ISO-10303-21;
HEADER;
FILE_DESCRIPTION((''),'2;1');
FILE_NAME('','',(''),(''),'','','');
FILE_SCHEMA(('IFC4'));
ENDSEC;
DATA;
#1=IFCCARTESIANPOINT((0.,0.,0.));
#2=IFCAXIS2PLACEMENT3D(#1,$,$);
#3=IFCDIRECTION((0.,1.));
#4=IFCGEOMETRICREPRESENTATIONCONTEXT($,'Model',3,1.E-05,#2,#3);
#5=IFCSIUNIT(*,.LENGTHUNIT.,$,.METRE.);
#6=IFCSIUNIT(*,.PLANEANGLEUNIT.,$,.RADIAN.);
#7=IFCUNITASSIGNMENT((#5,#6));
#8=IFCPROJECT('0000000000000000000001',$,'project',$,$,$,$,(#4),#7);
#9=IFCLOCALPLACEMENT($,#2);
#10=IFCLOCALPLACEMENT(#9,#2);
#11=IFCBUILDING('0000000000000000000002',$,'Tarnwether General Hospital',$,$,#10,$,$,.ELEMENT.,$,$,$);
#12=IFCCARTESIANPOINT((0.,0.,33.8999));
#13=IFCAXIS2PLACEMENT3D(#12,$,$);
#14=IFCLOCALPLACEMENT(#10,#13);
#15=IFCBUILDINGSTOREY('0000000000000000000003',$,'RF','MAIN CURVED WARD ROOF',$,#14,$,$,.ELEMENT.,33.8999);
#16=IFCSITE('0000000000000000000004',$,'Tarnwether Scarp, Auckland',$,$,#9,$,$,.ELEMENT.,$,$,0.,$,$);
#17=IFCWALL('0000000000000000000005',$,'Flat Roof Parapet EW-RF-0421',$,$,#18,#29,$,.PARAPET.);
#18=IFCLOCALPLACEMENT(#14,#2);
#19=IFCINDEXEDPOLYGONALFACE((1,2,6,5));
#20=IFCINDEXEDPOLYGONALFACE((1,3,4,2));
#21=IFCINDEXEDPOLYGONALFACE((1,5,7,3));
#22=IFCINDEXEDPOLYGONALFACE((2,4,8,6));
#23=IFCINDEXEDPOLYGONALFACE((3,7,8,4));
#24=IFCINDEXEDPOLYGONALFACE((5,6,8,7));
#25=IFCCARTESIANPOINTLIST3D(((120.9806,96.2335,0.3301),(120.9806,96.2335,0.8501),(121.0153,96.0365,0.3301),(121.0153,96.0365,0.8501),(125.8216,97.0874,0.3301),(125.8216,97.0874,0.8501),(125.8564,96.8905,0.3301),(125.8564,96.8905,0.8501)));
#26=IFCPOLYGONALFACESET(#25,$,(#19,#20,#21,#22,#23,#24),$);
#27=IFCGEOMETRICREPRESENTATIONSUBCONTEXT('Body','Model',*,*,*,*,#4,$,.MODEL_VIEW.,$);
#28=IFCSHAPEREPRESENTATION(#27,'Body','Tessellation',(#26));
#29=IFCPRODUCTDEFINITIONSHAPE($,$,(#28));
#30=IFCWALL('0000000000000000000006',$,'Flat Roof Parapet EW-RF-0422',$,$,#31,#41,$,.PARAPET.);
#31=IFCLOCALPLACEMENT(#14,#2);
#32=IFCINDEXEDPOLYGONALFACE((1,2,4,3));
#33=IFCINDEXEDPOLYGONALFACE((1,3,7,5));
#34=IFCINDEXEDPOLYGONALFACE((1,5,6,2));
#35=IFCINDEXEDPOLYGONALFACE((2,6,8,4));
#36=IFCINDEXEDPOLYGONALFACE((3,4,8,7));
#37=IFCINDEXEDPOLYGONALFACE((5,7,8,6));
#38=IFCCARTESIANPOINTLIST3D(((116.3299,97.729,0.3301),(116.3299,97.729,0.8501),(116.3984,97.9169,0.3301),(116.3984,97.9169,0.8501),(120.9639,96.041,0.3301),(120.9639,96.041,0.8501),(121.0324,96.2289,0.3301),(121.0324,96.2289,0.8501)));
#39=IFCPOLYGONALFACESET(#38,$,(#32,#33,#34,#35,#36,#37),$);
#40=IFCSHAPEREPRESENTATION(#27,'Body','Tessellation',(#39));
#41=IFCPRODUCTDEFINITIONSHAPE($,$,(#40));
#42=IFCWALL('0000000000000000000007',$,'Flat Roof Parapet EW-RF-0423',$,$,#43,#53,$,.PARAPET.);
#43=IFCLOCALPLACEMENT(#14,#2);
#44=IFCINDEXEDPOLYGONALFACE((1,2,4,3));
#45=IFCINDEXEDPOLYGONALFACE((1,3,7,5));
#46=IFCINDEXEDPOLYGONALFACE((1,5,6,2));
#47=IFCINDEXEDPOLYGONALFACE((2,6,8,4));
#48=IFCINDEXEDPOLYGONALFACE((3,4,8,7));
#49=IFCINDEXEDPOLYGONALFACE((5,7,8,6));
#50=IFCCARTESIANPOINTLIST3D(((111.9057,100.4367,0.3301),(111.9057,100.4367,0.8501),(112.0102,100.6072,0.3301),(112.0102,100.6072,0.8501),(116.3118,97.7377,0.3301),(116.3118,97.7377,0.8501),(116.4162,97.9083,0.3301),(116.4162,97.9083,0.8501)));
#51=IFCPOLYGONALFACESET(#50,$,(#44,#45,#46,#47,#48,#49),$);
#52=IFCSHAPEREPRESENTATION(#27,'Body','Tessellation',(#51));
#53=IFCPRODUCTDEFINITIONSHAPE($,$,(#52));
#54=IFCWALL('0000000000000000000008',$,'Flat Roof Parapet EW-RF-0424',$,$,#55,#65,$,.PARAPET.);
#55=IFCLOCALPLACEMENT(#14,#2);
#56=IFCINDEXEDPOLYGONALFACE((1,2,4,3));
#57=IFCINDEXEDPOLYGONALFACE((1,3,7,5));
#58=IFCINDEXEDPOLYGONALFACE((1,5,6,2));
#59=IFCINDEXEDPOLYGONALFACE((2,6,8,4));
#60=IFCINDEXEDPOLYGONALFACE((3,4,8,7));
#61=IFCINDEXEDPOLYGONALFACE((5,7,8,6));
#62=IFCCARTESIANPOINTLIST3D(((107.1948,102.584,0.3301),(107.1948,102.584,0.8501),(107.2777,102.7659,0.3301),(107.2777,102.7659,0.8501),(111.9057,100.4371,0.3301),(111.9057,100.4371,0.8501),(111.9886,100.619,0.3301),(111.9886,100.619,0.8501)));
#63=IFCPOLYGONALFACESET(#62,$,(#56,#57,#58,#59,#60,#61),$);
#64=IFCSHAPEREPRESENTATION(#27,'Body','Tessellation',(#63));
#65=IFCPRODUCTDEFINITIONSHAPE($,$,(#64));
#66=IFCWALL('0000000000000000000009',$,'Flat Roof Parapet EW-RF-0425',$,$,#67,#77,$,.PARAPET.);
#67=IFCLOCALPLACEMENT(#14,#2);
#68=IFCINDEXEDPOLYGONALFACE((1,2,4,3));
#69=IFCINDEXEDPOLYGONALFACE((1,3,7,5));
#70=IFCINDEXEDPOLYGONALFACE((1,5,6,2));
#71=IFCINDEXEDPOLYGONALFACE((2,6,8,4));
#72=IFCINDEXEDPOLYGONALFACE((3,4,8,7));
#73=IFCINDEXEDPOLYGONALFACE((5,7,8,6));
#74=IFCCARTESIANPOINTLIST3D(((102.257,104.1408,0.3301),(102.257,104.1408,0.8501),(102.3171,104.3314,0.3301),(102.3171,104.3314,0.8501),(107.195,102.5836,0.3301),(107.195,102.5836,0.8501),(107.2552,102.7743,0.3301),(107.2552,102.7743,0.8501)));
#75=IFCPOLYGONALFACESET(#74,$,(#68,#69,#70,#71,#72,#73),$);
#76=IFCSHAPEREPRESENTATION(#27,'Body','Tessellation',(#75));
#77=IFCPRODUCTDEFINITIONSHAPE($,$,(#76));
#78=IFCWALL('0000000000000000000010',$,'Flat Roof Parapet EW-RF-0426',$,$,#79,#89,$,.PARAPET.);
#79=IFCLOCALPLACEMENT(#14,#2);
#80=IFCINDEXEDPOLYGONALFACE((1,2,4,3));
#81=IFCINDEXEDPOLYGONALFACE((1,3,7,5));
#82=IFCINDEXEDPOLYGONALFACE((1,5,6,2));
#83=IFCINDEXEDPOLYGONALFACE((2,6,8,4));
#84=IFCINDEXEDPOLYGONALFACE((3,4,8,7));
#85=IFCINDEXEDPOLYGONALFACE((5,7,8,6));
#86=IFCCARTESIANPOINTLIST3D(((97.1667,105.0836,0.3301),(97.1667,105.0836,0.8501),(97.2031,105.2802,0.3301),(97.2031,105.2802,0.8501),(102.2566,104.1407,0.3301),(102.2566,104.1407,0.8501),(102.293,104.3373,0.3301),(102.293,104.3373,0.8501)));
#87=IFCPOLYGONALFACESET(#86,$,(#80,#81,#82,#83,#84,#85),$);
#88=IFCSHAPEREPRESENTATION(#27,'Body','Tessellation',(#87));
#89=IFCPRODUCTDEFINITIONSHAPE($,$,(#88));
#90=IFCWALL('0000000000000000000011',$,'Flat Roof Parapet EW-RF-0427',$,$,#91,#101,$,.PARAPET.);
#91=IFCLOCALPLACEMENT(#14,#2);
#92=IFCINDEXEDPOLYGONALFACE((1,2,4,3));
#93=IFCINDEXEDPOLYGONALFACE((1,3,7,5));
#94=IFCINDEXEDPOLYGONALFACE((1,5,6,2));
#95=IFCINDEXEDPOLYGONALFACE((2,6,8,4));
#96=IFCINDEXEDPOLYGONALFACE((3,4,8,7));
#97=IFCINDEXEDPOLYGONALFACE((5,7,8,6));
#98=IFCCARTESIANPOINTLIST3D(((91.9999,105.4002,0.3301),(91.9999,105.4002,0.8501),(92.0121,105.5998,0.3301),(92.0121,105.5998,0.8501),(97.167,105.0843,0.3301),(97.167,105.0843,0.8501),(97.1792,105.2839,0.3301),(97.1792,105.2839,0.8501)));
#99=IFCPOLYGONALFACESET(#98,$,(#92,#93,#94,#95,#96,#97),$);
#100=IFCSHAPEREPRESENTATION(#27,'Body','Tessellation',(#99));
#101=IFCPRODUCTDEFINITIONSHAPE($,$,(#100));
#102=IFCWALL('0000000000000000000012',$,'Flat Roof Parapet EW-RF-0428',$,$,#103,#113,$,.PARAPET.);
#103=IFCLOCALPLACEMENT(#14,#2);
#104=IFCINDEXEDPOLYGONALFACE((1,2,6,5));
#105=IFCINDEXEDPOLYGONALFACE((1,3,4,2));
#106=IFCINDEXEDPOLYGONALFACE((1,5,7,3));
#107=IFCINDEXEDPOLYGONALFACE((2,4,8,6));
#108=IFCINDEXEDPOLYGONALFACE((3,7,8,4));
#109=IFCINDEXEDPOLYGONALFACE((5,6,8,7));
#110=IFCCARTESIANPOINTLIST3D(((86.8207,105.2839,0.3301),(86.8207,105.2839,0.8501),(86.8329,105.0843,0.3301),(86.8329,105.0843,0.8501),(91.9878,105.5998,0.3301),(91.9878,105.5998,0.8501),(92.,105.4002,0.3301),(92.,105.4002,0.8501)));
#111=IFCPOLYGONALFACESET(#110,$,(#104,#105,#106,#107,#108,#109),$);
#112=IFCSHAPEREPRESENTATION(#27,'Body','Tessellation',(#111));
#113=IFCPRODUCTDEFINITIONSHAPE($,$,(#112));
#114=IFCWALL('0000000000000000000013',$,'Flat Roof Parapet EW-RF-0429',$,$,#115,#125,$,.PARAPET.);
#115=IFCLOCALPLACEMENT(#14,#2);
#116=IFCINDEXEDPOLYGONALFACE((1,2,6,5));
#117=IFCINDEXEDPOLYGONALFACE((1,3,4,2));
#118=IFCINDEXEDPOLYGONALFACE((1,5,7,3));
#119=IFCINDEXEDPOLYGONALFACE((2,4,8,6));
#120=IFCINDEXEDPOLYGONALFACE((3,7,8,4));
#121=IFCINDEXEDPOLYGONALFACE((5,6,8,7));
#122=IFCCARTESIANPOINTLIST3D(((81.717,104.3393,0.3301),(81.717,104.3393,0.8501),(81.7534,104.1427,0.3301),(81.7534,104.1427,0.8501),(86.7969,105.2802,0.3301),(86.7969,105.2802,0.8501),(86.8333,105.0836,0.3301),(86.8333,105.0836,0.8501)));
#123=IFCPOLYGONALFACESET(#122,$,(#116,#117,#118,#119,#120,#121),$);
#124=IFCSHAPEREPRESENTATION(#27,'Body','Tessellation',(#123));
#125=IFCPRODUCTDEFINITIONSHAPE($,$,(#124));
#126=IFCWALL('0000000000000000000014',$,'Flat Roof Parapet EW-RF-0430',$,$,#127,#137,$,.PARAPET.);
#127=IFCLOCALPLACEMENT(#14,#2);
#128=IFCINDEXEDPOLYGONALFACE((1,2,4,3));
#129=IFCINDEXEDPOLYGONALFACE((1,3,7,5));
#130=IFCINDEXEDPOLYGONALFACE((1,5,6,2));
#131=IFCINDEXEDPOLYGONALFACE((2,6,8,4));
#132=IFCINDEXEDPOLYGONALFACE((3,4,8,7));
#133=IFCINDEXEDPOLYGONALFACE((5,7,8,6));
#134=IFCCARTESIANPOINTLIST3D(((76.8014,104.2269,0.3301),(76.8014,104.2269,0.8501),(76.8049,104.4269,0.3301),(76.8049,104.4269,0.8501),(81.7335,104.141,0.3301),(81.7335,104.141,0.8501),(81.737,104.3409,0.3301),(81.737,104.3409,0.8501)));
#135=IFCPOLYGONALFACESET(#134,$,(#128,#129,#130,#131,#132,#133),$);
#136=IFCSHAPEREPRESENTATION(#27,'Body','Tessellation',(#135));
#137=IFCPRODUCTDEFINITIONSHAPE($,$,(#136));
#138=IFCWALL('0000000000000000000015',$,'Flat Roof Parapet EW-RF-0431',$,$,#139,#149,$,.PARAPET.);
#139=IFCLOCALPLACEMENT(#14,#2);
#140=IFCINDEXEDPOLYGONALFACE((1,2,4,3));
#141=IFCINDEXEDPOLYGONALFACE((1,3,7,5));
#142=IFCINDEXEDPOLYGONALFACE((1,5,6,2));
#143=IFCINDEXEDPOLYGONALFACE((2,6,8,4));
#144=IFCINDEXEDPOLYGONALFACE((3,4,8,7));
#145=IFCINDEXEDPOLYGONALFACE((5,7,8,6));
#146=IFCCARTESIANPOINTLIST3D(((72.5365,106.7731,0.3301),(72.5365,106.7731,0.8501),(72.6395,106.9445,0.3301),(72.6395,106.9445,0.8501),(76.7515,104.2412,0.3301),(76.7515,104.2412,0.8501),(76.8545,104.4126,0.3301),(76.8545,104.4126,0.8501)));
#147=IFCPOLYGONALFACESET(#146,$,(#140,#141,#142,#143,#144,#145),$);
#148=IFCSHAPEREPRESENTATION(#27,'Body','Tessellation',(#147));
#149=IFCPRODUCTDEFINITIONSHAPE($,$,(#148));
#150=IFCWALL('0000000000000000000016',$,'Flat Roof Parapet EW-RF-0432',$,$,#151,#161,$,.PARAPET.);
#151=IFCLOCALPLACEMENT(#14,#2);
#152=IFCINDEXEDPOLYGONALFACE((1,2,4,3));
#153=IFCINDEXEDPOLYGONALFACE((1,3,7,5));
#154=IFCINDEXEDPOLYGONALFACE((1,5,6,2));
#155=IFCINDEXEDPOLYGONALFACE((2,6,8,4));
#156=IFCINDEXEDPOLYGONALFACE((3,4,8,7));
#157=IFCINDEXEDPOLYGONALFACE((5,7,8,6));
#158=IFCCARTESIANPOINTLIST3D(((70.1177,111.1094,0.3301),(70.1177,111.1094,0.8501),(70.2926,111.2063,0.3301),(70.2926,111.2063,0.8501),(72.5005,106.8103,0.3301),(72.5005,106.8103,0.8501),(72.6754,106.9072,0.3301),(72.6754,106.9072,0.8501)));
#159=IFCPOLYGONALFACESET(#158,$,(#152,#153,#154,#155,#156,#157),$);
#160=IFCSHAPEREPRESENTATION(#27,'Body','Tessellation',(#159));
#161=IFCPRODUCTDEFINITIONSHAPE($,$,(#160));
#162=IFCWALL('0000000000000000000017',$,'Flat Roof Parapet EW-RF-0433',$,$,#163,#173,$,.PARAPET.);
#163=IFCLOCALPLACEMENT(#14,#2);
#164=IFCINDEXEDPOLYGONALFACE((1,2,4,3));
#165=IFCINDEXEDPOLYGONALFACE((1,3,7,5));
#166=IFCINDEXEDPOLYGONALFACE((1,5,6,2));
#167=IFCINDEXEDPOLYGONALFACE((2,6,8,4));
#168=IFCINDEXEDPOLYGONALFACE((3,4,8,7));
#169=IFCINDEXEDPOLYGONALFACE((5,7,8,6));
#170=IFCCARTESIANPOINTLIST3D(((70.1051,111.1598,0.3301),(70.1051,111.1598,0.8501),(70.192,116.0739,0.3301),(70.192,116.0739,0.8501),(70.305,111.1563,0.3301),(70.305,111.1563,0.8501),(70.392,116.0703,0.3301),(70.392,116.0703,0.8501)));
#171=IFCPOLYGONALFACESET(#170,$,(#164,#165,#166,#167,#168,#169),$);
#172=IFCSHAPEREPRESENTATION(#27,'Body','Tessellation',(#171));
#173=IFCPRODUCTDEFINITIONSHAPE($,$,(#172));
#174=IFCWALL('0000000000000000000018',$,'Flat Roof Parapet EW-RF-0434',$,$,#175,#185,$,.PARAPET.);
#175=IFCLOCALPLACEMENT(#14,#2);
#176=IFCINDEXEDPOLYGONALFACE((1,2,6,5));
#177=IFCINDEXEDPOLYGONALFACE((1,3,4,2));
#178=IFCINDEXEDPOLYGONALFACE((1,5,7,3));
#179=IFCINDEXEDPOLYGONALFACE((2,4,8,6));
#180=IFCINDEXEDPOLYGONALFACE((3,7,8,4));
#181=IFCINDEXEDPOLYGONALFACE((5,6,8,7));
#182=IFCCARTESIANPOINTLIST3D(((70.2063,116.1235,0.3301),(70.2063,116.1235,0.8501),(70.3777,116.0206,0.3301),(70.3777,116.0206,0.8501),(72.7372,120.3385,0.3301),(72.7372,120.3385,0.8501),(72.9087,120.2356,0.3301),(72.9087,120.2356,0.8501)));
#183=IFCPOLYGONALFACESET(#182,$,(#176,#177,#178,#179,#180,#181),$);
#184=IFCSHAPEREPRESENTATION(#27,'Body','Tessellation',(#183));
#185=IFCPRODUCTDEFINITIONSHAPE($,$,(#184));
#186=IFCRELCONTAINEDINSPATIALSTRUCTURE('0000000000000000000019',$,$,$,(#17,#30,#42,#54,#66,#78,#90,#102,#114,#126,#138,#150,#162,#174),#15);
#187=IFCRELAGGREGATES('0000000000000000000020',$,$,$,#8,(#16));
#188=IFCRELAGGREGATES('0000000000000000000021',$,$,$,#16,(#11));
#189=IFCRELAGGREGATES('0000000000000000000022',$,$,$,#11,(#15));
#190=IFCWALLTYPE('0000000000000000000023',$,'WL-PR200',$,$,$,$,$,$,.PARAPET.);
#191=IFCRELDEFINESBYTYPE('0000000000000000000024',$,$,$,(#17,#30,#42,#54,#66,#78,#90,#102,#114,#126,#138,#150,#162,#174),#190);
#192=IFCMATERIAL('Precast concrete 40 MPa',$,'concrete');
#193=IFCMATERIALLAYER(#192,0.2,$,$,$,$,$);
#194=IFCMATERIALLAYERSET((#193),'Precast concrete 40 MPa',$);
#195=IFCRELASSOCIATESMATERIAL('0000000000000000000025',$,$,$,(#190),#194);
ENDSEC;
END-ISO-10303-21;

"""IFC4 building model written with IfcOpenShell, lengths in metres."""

from ifc_helpers import new_model, si_unit, direction, frame, frame_2d, origin, place, context, subcontext, project, spatial, rectangle, extrude, material, layer, layer_set, type_object, element, save


model = new_model("IFC4")

# Units and contexts
model_context = context("Model", 3, precision=1e-05, world=origin(), true_north=direction((0.0, 1.0)))
body_context = subcontext(model_context, "Body", "Model", "MODEL_VIEW")
ifc_project = project(units=[si_unit("LENGTHUNIT", "METRE"), si_unit("PLANEANGLEUNIT", "RADIAN")], contexts=[model_context])

# Site, building, storey
site_placement = place(None, origin())
site = spatial("IfcSite", under=ifc_project, at=site_placement, Name="Tarnwether Scarp, Auckland", CompositionType="ELEMENT", RefElevation=0.0)
building_placement = place(site_placement, origin())
building = spatial("IfcBuilding", under=site, at=building_placement, Name="Tarnwether General Hospital", CompositionType="ELEMENT")
storey_placement = place(building_placement, frame((0.0, 0.0, 33.8999)))
storey = spatial("IfcBuildingStorey", under=building, at=storey_placement, Name="RF", Description="MAIN CURVED WARD ROOF", CompositionType="ELEMENT", Elevation=33.8999)

# Walls
ifc_material_1 = material(Name="Precast concrete 40 MPa", Category="concrete")
ifc_layer_1 = layer(ifc_material_1, 0.2)
ifc_layer_set_1 = layer_set([ifc_layer_1], Name="Precast concrete 40 MPa")
wall_type = type_object("IfcWallType", Name="WL-PR200", PredefinedType="PARAPET", material=ifc_layer_set_1)
wall_1_placement = place(storey_placement, frame((125.8391, 96.989, 0.3301), z_axis=(0.0, 0.0, 1.0), x_axis=(-0.984794, -0.173726, 0.0)))
element("IfcWall", 1, at=wall_1_placement, inside=storey, type_object=wall_type, Name="Flat Roof Parapet EW-RF-0421", PredefinedType="PARAPET", context=body_context, shape_type="SweptSolid", body=[
    extrude(rectangle(XDim=4.9158, YDim=0.2, at=frame_2d((2.458, 0.0))), origin(), (0.0, 0.0, 1.0), 0.52),
])
wall_2_placement = place(storey_placement, frame((120.998, 96.135, 0.3301), z_axis=(0.0, 0.0, 1.0), x_axis=(-0.939605, 0.34226, 0.0)))
element("IfcWall", 2, at=wall_2_placement, inside=storey, type_object=wall_type, Name="Flat Roof Parapet EW-RF-0422", PredefinedType="PARAPET", context=body_context, shape_type="SweptSolid", body=[
    extrude(rectangle(XDim=4.9319, YDim=0.2, at=frame_2d((2.4658, 0.0))), origin(), (0.0, 0.0, 1.0), 0.52),
])
wall_3_placement = place(storey_placement, frame((116.364, 97.823, 0.3301), z_axis=(0.0, 0.0, 1.0), x_axis=(-0.852729, 0.522354, 0.0)))
element("IfcWall", 3, at=wall_3_placement, inside=storey, type_object=wall_type, Name="Flat Roof Parapet EW-RF-0423", PredefinedType="PARAPET", context=body_context, shape_type="SweptSolid", body=[
    extrude(rectangle(XDim=5.167, YDim=0.2, at=frame_2d((2.5835, 0.0))), origin(), (0.0, 0.0, 1.0), 0.52),
])
wall_4_placement = place(storey_placement, frame((111.947, 100.5281, 0.3301), z_axis=(0.0, 0.0, 1.0), x_axis=(-0.909956, 0.414705, 0.0)))
element("IfcWall", 4, at=wall_4_placement, inside=storey, type_object=wall_type, Name="Flat Roof Parapet EW-RF-0424", PredefinedType="PARAPET", context=body_context, shape_type="SweptSolid", body=[
    extrude(rectangle(XDim=5.177, YDim=0.2, at=frame_2d((2.5884, 0.0))), origin(), (0.0, 0.0, 1.0), 0.52),
])
wall_5_placement = place(storey_placement, frame((107.2251, 102.679, 0.3301), z_axis=(0.0, 0.0, 1.0), x_axis=(-0.953707, 0.300739, 0.0)))
element("IfcWall", 5, at=wall_5_placement, inside=storey, type_object=wall_type, Name="Flat Roof Parapet EW-RF-0425", PredefinedType="PARAPET", context=body_context, shape_type="SweptSolid", body=[
    extrude(rectangle(XDim=5.1777, YDim=0.2, at=frame_2d((2.5889, 0.0))), origin(), (0.0, 0.0, 1.0), 0.52),
])
wall_6_placement = place(storey_placement, frame((102.2749, 104.239, 0.3301), z_axis=(0.0, 0.0, 1.0), x_axis=(-0.983271, 0.182147, 0.0)))
element("IfcWall", 6, at=wall_6_placement, inside=storey, type_object=wall_type, Name="Flat Roof Parapet EW-RF-0426", PredefinedType="PARAPET", context=body_context, shape_type="SweptSolid", body=[
    extrude(rectangle(XDim=5.1765, YDim=0.2, at=frame_2d((2.5884, 0.0))), origin(), (0.0, 0.0, 1.0), 0.52),
])
for number, where, z_axis, x_axis, name in (
    (7, (97.1731, 105.1841, 0.3301), (0.0, 0.0, 1.0), (-0.998136, 0.061028, 0.0), "Flat Roof Parapet EW-RF-0427"),
    (8, (91.9939, 105.5, 0.3301), (0.0, 0.0, 1.0), (-0.998136, -0.061028, 0.0), "Flat Roof Parapet EW-RF-0428"),
):
    element("IfcWall", number, at=place(storey_placement, frame(where, z_axis=z_axis, x_axis=x_axis)), inside=storey, type_object=wall_type, Name=name, PredefinedType="PARAPET", context=body_context, shape_type="SweptSolid", body=[
        extrude(rectangle(XDim=5.1768, YDim=0.2, at=frame_2d((2.5884, 0.0))), origin(), (0.0, 0.0, 1.0), 0.52),
    ])
wall_7_placement = place(storey_placement, frame((86.8149, 105.1819, 0.3301), z_axis=(0.0, 0.0, 1.0), x_axis=(-0.983275, -0.182128, 0.0)))
element("IfcWall", 9, at=wall_7_placement, inside=storey, type_object=wall_type, Name="Flat Roof Parapet EW-RF-0429", PredefinedType="PARAPET", context=body_context, shape_type="SweptSolid", body=[
    extrude(rectangle(XDim=5.1663, YDim=0.2, at=frame_2d((2.583, 0.0))), origin(), (0.0, 0.0, 1.0), 0.52),
])
wall_8_placement = place(storey_placement, frame((81.7351, 104.241, 0.3301), z_axis=(0.0, 0.0, 1.0), x_axis=(-0.999848, 0.017421, 0.0)))
element("IfcWall", 10, at=wall_8_placement, inside=storey, type_object=wall_type, Name="Flat Roof Parapet EW-RF-0430", PredefinedType="PARAPET", context=body_context, shape_type="SweptSolid", body=[
    extrude(rectangle(XDim=4.9329, YDim=0.2, at=frame_2d((2.4663, 0.0))), origin(), (0.0, 0.0, 1.0), 0.52),
])
wall_9_placement = place(storey_placement, frame((76.803, 104.3269, 0.3301), z_axis=(0.0, 0.0, 1.0), x_axis=(-0.85723, 0.514934, 0.0)))
element("IfcWall", 11, at=wall_9_placement, inside=storey, type_object=wall_type, Name="Flat Roof Parapet EW-RF-0431", PredefinedType="PARAPET", context=body_context, shape_type="SweptSolid", body=[
    extrude(rectangle(XDim=4.917, YDim=0.2, at=frame_2d((2.4585, 0.0))), origin(), (0.0, 0.0, 1.0), 0.52),
])
wall_10_placement = place(storey_placement, frame((72.5879, 106.8589, 0.3301), z_axis=(0.0, 0.0, 1.0), x_axis=(-0.484778, 0.874637, 0.0)))
element("IfcWall", 12, at=wall_10_placement, inside=storey, type_object=wall_type, Name="Flat Roof Parapet EW-RF-0432", PredefinedType="PARAPET", context=body_context, shape_type="SweptSolid", body=[
    extrude(rectangle(XDim=4.9153, YDim=0.2, at=frame_2d((2.4575, 0.0))), origin(), (0.0, 0.0, 1.0), 0.52),
])
wall_11_placement = place(storey_placement, frame((70.2051, 111.158, 0.3301), z_axis=(0.0, 0.0, 1.0), x_axis=(0.017684, 0.999844, 0.0)))
element("IfcWall", 13, at=wall_11_placement, inside=storey, type_object=wall_type, Name="Flat Roof Parapet EW-RF-0433", PredefinedType="PARAPET", context=body_context, shape_type="SweptSolid", body=[
    extrude(rectangle(XDim=4.9148, YDim=0.2, at=frame_2d((2.4575, 0.0))), origin(), (0.0, 0.0, 1.0), 0.52),
])
wall_12_placement = place(storey_placement, frame((70.292, 116.072, 0.3301), z_axis=(0.0, 0.0, 1.0), x_axis=(0.514788, 0.857318, 0.0)))
element("IfcWall", 14, at=wall_12_placement, inside=storey, type_object=wall_type, Name="Flat Roof Parapet EW-RF-0434", PredefinedType="PARAPET", context=body_context, shape_type="SweptSolid", body=[
    extrude(rectangle(XDim=4.9165, YDim=0.2, at=frame_2d((2.4583, 0.0))), origin(), (0.0, 0.0, 1.0), 0.52),
])

save(model, "model.ifc")
